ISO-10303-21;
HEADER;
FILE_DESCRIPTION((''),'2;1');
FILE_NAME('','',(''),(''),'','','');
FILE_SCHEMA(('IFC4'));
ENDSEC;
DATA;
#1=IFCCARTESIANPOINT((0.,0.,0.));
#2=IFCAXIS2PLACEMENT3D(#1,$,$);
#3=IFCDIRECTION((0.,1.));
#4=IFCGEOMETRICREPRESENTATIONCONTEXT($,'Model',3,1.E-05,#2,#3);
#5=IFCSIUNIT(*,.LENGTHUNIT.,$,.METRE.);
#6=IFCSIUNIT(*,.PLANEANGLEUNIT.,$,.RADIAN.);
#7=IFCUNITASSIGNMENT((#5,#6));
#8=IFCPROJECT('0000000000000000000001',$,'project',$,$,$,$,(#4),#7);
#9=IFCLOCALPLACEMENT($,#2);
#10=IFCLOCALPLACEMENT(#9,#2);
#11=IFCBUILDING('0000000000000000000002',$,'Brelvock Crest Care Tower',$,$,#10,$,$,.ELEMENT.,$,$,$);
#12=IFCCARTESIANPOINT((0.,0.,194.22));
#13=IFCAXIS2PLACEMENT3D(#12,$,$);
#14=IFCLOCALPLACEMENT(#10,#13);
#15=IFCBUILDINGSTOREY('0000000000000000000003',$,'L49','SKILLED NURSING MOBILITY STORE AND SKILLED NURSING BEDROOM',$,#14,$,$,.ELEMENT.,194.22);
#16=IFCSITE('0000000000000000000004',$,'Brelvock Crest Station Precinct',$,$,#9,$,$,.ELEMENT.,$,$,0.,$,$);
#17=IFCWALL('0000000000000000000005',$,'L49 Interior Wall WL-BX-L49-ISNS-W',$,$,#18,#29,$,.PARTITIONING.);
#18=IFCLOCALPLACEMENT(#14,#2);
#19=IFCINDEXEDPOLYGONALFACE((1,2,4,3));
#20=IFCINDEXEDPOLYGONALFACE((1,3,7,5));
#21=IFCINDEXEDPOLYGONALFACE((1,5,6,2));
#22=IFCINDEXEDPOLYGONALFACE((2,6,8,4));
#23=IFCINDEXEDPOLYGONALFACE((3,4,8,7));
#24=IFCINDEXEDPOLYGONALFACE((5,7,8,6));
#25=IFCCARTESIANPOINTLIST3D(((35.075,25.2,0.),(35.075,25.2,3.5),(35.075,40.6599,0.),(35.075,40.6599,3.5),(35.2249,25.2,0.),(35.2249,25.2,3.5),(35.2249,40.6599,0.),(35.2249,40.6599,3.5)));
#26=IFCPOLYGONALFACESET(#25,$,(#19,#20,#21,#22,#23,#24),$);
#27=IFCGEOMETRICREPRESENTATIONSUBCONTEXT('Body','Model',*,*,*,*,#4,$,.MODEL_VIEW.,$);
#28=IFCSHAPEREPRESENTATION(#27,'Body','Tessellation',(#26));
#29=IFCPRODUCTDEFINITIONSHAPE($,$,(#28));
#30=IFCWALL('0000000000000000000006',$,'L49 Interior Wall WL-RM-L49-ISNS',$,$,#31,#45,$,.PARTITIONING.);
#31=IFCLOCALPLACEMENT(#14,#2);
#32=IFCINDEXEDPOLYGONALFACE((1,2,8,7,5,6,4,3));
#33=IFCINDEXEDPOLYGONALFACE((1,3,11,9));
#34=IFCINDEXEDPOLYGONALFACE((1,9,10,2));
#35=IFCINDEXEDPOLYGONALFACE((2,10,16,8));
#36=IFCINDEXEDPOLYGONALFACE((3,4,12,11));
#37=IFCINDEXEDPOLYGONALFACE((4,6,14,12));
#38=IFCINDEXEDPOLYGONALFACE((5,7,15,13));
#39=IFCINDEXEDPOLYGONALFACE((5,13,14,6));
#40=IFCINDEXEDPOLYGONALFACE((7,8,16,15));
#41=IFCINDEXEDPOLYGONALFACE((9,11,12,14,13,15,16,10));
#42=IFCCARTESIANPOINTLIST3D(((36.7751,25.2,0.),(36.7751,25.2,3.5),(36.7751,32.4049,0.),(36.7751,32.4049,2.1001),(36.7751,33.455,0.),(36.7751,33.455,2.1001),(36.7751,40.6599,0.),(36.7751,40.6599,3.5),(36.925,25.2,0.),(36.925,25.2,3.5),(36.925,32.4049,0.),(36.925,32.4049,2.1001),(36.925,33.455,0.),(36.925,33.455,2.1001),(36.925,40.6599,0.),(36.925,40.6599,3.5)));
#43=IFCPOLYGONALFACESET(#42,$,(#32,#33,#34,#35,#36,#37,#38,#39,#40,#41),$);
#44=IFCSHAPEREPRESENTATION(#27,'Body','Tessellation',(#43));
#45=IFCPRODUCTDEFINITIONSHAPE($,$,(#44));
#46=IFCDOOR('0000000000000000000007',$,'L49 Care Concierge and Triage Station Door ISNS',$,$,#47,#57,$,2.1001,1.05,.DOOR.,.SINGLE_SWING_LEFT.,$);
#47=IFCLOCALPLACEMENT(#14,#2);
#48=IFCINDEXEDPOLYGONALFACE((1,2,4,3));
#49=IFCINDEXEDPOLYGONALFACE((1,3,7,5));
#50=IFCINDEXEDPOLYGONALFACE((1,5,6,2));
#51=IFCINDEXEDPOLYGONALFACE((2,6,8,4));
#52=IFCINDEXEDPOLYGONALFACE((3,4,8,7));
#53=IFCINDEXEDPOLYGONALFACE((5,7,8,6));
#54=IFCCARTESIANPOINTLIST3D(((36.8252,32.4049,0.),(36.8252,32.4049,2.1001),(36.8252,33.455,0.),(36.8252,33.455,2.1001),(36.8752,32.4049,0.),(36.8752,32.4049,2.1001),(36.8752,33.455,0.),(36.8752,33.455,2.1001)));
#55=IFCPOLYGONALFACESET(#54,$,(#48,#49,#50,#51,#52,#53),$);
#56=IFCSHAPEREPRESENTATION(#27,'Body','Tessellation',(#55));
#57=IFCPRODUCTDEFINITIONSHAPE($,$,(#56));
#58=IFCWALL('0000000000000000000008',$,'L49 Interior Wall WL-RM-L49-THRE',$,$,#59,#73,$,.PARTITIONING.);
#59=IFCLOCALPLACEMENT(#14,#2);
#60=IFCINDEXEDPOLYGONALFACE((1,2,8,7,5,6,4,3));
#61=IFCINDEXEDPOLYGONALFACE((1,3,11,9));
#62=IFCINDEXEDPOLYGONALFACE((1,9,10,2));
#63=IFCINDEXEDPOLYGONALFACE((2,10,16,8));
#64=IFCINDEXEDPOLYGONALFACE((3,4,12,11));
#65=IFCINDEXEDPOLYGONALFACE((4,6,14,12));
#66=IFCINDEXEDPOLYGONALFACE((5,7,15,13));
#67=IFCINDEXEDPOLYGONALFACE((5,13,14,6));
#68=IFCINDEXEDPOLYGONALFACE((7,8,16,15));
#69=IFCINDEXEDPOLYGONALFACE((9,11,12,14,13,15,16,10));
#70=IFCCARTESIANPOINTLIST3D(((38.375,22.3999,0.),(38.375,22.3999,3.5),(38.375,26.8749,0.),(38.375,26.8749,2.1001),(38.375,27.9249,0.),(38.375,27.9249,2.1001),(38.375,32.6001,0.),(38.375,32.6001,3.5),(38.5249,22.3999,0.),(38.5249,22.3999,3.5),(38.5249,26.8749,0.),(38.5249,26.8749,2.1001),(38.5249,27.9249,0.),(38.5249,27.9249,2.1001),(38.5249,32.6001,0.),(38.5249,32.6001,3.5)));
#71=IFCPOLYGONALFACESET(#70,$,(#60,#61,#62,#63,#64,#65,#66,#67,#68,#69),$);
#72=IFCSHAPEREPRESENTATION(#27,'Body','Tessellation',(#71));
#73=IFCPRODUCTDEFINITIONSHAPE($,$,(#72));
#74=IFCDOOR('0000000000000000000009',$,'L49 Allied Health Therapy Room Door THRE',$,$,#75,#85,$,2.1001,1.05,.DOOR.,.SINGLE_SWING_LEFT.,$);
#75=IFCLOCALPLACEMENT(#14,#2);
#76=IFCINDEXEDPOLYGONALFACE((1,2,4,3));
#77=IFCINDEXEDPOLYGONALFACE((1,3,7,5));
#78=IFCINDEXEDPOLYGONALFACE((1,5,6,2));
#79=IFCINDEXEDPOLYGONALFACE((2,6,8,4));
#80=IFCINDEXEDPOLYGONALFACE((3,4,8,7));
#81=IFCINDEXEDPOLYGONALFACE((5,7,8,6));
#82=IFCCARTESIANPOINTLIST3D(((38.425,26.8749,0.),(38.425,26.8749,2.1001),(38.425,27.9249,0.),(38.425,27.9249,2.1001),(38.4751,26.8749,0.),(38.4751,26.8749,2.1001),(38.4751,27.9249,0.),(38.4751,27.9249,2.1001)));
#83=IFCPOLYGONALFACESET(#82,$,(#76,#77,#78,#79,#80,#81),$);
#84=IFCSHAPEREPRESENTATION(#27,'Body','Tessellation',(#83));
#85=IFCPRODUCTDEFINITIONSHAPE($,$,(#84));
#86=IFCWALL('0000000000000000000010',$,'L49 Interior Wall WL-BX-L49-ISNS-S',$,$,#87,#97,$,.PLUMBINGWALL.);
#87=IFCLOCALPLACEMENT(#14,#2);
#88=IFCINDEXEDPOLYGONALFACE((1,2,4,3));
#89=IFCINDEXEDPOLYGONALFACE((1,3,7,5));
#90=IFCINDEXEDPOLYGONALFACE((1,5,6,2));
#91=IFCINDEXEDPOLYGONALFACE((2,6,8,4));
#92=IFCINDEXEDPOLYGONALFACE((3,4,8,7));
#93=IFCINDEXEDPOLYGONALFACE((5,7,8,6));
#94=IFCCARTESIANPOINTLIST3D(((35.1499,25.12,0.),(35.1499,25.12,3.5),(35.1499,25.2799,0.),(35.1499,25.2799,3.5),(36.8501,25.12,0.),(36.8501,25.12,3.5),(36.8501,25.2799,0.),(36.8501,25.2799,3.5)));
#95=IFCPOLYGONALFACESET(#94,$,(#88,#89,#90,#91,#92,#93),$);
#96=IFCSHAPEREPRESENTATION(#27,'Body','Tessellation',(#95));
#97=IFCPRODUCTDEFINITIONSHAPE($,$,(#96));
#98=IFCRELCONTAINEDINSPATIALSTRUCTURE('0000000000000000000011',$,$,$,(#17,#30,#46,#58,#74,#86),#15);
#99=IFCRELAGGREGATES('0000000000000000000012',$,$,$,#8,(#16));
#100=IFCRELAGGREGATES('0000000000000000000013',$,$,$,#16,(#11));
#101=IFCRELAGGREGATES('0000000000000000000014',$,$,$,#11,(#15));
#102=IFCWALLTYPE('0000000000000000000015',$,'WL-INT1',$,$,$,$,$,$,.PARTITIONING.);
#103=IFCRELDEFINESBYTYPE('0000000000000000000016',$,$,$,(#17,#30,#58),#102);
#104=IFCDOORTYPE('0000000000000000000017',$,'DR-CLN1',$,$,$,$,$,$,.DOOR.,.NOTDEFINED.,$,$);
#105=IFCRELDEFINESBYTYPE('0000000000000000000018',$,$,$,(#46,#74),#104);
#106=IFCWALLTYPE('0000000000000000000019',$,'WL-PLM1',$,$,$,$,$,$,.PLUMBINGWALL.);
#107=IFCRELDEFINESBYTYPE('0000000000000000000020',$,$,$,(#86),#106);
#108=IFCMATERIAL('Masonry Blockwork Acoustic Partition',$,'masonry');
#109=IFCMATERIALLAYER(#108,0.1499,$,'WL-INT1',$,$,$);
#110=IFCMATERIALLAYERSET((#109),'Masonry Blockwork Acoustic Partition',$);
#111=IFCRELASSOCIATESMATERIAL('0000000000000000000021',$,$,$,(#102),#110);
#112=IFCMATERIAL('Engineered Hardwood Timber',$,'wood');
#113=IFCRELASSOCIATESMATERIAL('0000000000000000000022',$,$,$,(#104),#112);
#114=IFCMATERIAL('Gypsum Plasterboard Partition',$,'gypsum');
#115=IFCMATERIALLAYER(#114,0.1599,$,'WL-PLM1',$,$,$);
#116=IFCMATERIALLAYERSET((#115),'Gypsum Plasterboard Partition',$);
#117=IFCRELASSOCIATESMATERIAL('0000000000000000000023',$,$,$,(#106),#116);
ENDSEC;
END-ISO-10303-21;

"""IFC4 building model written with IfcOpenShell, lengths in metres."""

from ifc_helpers import new_model, si_unit, direction, frame, frame_2d, origin, origin_2d, place, context, subcontext, project, spatial, rectangle, extrude, source, transform, mapped, material, layer, layer_set, type_object, element, fill, save


model = new_model("IFC4")

# Units and contexts
model_context = context("Model", 3, precision=1e-05, world=origin(), true_north=direction((0.0, 1.0)))
body_context = subcontext(model_context, "Body", "Model", "MODEL_VIEW")
ifc_project = project(units=[si_unit("LENGTHUNIT", "METRE"), si_unit("PLANEANGLEUNIT", "RADIAN")], contexts=[model_context])

# Site, building, storey
site_placement = place(None, origin())
site = spatial("IfcSite", under=ifc_project, at=site_placement, Name="Brelvock Crest Station Precinct", CompositionType="ELEMENT", RefElevation=0.0)
building_placement = place(site_placement, origin())
building = spatial("IfcBuilding", under=site, at=building_placement, Name="Brelvock Crest Care Tower", CompositionType="ELEMENT")
storey_placement = place(building_placement, frame((0.0, 0.0, 194.22)))
storey = spatial("IfcBuildingStorey", under=building, at=storey_placement, Name="L49", Description="SKILLED NURSING MOBILITY STORE AND SKILLED NURSING BEDROOM", CompositionType="ELEMENT", Elevation=194.22)

# Wall
ifc_material_1 = material(Name="Masonry Blockwork Acoustic Partition", Category="masonry")
ifc_layer_1 = layer(ifc_material_1, 0.1499, Name="WL-INT1")
ifc_layer_set_1 = layer_set([ifc_layer_1], Name="Masonry Blockwork Acoustic Partition")
wall_type_1 = type_object("IfcWallType", Name="WL-INT1", PredefinedType="PARTITIONING", material=ifc_layer_set_1)
wall_1_placement = place(storey_placement, frame((35.1499, 25.2, 0.0), z_axis=(0.0, 0.0, 1.0), x_axis=(0.0, 1.0, 0.0)))
element("IfcWall", 1, at=wall_1_placement, inside=storey, type_object=wall_type_1, Name="L49 Interior Wall WL-BX-L49-ISNS-W", PredefinedType="PARTITIONING", context=body_context, shape_type="SweptSolid", body=[
    extrude(rectangle(XDim=15.46, YDim=0.1499, at=frame_2d((7.73, 0.0))), origin(), (0.0, 0.0, 1.0), 3.5),
])

# Walls, openings, doors
wall_2_placement = place(storey_placement, frame((36.8501, 25.2, 0.0), z_axis=(0.0, 0.0, 1.0), x_axis=(0.0, 1.0, 0.0)))
wall_2 = element("IfcWall", 2, at=wall_2_placement, inside=storey, type_object=wall_type_1, Name="L49 Interior Wall WL-RM-L49-ISNS", PredefinedType="PARTITIONING", context=body_context, shape_type="SweptSolid", body=[
    extrude(rectangle(XDim=15.46, YDim=0.1499, at=frame_2d((7.73, 0.0))), origin(), (0.0, 0.0, 1.0), 3.5),
])
opening_1_placement = place(wall_2_placement, frame((7.2051, 0.0, 0.0)))
opening_1 = element("IfcOpeningElement", 3, at=opening_1_placement, cuts=wall_2, PredefinedType="OPENING", context=body_context, shape_type="SweptSolid", body=[
    extrude(rectangle(XDim=1.05, YDim=2.1001, at=origin_2d()), frame((0.5249, 0.085, 1.05), z_axis=(0.0, -1.0, 0.0), x_axis=(1.0, 0.0, 0.0)), (0.0, 0.0, 1.0), 0.1699),
])
ifc_material_2 = material(Name="Engineered Hardwood Timber", Category="wood")
door_type = type_object("IfcDoorType", Name="DR-CLN1", OperationType="NOTDEFINED", PredefinedType="DOOR", material=ifc_material_2)
shared_shape_1 = source(origin(), body_context, "Body", "SweptSolid", [
    extrude(rectangle(XDim=1.05, YDim=2.1001, at=origin_2d()), frame((0.5249, 0.0249, 1.05), z_axis=(0.0, -1.0, 0.0), x_axis=(1.0, 0.0, 0.0)), (0.0, 0.0, 1.0), 0.05),
])
door_1_placement = place(opening_1_placement, origin())
door_1 = element("IfcDoor", 4, at=door_1_placement, inside=storey, type_object=door_type, Name="L49 Care Concierge and Triage Station Door ISNS", OperationType="SINGLE_SWING_LEFT", OverallHeight=2.1001, OverallWidth=1.05, PredefinedType="DOOR", context=body_context, shape_type="MappedRepresentation", body=[
    mapped(shared_shape_1, transform((0.0, 0.0, 0.0), x_axis=(1.0, 0.0, 0.0), y_axis=(0.0, 1.0, 0.0), z_axis=(0.0, 0.0, 1.0), scale=1.0)),
])
fill(opening_1, door_1)
wall_3_placement = place(storey_placement, frame((38.45, 22.3999, 0.0), z_axis=(0.0, 0.0, 1.0), x_axis=(0.0, 1.0, 0.0)))
wall_3 = element("IfcWall", 5, at=wall_3_placement, inside=storey, type_object=wall_type_1, Name="L49 Interior Wall WL-RM-L49-THRE", PredefinedType="PARTITIONING", context=body_context, shape_type="SweptSolid", body=[
    extrude(rectangle(XDim=10.2002, YDim=0.1499, at=frame_2d((5.1001, 0.0))), origin(), (0.0, 0.0, 1.0), 3.5),
])
opening_2_placement = place(wall_3_placement, frame((4.4751, 0.0, 0.0)))
opening_2 = element("IfcOpeningElement", 6, at=opening_2_placement, cuts=wall_3, PredefinedType="OPENING", context=body_context, shape_type="SweptSolid", body=[
    extrude(rectangle(XDim=1.05, YDim=2.1001, at=origin_2d()), frame((0.5249, 0.085, 1.05), z_axis=(0.0, -1.0, 0.0), x_axis=(1.0, 0.0, 0.0)), (0.0, 0.0, 1.0), 0.1699),
])
door_2_placement = place(opening_2_placement, origin())
door_2 = element("IfcDoor", 7, at=door_2_placement, inside=storey, type_object=door_type, Name="L49 Allied Health Therapy Room Door THRE", OperationType="SINGLE_SWING_LEFT", OverallHeight=2.1001, OverallWidth=1.05, PredefinedType="DOOR", context=body_context, shape_type="MappedRepresentation", body=[
    mapped(shared_shape_1, transform((0.0, 0.0, 0.0), x_axis=(1.0, 0.0, 0.0), y_axis=(0.0, 1.0, 0.0), z_axis=(0.0, 0.0, 1.0), scale=1.0)),
])
fill(opening_2, door_2)

# Wall
ifc_material_3 = material(Name="Gypsum Plasterboard Partition", Category="gypsum")
ifc_layer_2 = layer(ifc_material_3, 0.1599, Name="WL-PLM1")
ifc_layer_set_2 = layer_set([ifc_layer_2], Name="Gypsum Plasterboard Partition")
wall_type_2 = type_object("IfcWallType", Name="WL-PLM1", PredefinedType="PLUMBINGWALL", material=ifc_layer_set_2)
wall_4_placement = place(storey_placement, frame((35.1499, 25.2, 0.0), z_axis=(0.0, 0.0, 1.0), x_axis=(1.0, 0.0, 0.0)))
element("IfcWall", 8, at=wall_4_placement, inside=storey, type_object=wall_type_2, Name="L49 Interior Wall WL-BX-L49-ISNS-S", PredefinedType="PLUMBINGWALL", context=body_context, shape_type="SweptSolid", body=[
    extrude(rectangle(XDim=1.7002, YDim=0.1599, at=frame_2d((0.8501, 0.0))), origin(), (0.0, 0.0, 1.0), 3.5),
])

save(model, "model.ifc")
